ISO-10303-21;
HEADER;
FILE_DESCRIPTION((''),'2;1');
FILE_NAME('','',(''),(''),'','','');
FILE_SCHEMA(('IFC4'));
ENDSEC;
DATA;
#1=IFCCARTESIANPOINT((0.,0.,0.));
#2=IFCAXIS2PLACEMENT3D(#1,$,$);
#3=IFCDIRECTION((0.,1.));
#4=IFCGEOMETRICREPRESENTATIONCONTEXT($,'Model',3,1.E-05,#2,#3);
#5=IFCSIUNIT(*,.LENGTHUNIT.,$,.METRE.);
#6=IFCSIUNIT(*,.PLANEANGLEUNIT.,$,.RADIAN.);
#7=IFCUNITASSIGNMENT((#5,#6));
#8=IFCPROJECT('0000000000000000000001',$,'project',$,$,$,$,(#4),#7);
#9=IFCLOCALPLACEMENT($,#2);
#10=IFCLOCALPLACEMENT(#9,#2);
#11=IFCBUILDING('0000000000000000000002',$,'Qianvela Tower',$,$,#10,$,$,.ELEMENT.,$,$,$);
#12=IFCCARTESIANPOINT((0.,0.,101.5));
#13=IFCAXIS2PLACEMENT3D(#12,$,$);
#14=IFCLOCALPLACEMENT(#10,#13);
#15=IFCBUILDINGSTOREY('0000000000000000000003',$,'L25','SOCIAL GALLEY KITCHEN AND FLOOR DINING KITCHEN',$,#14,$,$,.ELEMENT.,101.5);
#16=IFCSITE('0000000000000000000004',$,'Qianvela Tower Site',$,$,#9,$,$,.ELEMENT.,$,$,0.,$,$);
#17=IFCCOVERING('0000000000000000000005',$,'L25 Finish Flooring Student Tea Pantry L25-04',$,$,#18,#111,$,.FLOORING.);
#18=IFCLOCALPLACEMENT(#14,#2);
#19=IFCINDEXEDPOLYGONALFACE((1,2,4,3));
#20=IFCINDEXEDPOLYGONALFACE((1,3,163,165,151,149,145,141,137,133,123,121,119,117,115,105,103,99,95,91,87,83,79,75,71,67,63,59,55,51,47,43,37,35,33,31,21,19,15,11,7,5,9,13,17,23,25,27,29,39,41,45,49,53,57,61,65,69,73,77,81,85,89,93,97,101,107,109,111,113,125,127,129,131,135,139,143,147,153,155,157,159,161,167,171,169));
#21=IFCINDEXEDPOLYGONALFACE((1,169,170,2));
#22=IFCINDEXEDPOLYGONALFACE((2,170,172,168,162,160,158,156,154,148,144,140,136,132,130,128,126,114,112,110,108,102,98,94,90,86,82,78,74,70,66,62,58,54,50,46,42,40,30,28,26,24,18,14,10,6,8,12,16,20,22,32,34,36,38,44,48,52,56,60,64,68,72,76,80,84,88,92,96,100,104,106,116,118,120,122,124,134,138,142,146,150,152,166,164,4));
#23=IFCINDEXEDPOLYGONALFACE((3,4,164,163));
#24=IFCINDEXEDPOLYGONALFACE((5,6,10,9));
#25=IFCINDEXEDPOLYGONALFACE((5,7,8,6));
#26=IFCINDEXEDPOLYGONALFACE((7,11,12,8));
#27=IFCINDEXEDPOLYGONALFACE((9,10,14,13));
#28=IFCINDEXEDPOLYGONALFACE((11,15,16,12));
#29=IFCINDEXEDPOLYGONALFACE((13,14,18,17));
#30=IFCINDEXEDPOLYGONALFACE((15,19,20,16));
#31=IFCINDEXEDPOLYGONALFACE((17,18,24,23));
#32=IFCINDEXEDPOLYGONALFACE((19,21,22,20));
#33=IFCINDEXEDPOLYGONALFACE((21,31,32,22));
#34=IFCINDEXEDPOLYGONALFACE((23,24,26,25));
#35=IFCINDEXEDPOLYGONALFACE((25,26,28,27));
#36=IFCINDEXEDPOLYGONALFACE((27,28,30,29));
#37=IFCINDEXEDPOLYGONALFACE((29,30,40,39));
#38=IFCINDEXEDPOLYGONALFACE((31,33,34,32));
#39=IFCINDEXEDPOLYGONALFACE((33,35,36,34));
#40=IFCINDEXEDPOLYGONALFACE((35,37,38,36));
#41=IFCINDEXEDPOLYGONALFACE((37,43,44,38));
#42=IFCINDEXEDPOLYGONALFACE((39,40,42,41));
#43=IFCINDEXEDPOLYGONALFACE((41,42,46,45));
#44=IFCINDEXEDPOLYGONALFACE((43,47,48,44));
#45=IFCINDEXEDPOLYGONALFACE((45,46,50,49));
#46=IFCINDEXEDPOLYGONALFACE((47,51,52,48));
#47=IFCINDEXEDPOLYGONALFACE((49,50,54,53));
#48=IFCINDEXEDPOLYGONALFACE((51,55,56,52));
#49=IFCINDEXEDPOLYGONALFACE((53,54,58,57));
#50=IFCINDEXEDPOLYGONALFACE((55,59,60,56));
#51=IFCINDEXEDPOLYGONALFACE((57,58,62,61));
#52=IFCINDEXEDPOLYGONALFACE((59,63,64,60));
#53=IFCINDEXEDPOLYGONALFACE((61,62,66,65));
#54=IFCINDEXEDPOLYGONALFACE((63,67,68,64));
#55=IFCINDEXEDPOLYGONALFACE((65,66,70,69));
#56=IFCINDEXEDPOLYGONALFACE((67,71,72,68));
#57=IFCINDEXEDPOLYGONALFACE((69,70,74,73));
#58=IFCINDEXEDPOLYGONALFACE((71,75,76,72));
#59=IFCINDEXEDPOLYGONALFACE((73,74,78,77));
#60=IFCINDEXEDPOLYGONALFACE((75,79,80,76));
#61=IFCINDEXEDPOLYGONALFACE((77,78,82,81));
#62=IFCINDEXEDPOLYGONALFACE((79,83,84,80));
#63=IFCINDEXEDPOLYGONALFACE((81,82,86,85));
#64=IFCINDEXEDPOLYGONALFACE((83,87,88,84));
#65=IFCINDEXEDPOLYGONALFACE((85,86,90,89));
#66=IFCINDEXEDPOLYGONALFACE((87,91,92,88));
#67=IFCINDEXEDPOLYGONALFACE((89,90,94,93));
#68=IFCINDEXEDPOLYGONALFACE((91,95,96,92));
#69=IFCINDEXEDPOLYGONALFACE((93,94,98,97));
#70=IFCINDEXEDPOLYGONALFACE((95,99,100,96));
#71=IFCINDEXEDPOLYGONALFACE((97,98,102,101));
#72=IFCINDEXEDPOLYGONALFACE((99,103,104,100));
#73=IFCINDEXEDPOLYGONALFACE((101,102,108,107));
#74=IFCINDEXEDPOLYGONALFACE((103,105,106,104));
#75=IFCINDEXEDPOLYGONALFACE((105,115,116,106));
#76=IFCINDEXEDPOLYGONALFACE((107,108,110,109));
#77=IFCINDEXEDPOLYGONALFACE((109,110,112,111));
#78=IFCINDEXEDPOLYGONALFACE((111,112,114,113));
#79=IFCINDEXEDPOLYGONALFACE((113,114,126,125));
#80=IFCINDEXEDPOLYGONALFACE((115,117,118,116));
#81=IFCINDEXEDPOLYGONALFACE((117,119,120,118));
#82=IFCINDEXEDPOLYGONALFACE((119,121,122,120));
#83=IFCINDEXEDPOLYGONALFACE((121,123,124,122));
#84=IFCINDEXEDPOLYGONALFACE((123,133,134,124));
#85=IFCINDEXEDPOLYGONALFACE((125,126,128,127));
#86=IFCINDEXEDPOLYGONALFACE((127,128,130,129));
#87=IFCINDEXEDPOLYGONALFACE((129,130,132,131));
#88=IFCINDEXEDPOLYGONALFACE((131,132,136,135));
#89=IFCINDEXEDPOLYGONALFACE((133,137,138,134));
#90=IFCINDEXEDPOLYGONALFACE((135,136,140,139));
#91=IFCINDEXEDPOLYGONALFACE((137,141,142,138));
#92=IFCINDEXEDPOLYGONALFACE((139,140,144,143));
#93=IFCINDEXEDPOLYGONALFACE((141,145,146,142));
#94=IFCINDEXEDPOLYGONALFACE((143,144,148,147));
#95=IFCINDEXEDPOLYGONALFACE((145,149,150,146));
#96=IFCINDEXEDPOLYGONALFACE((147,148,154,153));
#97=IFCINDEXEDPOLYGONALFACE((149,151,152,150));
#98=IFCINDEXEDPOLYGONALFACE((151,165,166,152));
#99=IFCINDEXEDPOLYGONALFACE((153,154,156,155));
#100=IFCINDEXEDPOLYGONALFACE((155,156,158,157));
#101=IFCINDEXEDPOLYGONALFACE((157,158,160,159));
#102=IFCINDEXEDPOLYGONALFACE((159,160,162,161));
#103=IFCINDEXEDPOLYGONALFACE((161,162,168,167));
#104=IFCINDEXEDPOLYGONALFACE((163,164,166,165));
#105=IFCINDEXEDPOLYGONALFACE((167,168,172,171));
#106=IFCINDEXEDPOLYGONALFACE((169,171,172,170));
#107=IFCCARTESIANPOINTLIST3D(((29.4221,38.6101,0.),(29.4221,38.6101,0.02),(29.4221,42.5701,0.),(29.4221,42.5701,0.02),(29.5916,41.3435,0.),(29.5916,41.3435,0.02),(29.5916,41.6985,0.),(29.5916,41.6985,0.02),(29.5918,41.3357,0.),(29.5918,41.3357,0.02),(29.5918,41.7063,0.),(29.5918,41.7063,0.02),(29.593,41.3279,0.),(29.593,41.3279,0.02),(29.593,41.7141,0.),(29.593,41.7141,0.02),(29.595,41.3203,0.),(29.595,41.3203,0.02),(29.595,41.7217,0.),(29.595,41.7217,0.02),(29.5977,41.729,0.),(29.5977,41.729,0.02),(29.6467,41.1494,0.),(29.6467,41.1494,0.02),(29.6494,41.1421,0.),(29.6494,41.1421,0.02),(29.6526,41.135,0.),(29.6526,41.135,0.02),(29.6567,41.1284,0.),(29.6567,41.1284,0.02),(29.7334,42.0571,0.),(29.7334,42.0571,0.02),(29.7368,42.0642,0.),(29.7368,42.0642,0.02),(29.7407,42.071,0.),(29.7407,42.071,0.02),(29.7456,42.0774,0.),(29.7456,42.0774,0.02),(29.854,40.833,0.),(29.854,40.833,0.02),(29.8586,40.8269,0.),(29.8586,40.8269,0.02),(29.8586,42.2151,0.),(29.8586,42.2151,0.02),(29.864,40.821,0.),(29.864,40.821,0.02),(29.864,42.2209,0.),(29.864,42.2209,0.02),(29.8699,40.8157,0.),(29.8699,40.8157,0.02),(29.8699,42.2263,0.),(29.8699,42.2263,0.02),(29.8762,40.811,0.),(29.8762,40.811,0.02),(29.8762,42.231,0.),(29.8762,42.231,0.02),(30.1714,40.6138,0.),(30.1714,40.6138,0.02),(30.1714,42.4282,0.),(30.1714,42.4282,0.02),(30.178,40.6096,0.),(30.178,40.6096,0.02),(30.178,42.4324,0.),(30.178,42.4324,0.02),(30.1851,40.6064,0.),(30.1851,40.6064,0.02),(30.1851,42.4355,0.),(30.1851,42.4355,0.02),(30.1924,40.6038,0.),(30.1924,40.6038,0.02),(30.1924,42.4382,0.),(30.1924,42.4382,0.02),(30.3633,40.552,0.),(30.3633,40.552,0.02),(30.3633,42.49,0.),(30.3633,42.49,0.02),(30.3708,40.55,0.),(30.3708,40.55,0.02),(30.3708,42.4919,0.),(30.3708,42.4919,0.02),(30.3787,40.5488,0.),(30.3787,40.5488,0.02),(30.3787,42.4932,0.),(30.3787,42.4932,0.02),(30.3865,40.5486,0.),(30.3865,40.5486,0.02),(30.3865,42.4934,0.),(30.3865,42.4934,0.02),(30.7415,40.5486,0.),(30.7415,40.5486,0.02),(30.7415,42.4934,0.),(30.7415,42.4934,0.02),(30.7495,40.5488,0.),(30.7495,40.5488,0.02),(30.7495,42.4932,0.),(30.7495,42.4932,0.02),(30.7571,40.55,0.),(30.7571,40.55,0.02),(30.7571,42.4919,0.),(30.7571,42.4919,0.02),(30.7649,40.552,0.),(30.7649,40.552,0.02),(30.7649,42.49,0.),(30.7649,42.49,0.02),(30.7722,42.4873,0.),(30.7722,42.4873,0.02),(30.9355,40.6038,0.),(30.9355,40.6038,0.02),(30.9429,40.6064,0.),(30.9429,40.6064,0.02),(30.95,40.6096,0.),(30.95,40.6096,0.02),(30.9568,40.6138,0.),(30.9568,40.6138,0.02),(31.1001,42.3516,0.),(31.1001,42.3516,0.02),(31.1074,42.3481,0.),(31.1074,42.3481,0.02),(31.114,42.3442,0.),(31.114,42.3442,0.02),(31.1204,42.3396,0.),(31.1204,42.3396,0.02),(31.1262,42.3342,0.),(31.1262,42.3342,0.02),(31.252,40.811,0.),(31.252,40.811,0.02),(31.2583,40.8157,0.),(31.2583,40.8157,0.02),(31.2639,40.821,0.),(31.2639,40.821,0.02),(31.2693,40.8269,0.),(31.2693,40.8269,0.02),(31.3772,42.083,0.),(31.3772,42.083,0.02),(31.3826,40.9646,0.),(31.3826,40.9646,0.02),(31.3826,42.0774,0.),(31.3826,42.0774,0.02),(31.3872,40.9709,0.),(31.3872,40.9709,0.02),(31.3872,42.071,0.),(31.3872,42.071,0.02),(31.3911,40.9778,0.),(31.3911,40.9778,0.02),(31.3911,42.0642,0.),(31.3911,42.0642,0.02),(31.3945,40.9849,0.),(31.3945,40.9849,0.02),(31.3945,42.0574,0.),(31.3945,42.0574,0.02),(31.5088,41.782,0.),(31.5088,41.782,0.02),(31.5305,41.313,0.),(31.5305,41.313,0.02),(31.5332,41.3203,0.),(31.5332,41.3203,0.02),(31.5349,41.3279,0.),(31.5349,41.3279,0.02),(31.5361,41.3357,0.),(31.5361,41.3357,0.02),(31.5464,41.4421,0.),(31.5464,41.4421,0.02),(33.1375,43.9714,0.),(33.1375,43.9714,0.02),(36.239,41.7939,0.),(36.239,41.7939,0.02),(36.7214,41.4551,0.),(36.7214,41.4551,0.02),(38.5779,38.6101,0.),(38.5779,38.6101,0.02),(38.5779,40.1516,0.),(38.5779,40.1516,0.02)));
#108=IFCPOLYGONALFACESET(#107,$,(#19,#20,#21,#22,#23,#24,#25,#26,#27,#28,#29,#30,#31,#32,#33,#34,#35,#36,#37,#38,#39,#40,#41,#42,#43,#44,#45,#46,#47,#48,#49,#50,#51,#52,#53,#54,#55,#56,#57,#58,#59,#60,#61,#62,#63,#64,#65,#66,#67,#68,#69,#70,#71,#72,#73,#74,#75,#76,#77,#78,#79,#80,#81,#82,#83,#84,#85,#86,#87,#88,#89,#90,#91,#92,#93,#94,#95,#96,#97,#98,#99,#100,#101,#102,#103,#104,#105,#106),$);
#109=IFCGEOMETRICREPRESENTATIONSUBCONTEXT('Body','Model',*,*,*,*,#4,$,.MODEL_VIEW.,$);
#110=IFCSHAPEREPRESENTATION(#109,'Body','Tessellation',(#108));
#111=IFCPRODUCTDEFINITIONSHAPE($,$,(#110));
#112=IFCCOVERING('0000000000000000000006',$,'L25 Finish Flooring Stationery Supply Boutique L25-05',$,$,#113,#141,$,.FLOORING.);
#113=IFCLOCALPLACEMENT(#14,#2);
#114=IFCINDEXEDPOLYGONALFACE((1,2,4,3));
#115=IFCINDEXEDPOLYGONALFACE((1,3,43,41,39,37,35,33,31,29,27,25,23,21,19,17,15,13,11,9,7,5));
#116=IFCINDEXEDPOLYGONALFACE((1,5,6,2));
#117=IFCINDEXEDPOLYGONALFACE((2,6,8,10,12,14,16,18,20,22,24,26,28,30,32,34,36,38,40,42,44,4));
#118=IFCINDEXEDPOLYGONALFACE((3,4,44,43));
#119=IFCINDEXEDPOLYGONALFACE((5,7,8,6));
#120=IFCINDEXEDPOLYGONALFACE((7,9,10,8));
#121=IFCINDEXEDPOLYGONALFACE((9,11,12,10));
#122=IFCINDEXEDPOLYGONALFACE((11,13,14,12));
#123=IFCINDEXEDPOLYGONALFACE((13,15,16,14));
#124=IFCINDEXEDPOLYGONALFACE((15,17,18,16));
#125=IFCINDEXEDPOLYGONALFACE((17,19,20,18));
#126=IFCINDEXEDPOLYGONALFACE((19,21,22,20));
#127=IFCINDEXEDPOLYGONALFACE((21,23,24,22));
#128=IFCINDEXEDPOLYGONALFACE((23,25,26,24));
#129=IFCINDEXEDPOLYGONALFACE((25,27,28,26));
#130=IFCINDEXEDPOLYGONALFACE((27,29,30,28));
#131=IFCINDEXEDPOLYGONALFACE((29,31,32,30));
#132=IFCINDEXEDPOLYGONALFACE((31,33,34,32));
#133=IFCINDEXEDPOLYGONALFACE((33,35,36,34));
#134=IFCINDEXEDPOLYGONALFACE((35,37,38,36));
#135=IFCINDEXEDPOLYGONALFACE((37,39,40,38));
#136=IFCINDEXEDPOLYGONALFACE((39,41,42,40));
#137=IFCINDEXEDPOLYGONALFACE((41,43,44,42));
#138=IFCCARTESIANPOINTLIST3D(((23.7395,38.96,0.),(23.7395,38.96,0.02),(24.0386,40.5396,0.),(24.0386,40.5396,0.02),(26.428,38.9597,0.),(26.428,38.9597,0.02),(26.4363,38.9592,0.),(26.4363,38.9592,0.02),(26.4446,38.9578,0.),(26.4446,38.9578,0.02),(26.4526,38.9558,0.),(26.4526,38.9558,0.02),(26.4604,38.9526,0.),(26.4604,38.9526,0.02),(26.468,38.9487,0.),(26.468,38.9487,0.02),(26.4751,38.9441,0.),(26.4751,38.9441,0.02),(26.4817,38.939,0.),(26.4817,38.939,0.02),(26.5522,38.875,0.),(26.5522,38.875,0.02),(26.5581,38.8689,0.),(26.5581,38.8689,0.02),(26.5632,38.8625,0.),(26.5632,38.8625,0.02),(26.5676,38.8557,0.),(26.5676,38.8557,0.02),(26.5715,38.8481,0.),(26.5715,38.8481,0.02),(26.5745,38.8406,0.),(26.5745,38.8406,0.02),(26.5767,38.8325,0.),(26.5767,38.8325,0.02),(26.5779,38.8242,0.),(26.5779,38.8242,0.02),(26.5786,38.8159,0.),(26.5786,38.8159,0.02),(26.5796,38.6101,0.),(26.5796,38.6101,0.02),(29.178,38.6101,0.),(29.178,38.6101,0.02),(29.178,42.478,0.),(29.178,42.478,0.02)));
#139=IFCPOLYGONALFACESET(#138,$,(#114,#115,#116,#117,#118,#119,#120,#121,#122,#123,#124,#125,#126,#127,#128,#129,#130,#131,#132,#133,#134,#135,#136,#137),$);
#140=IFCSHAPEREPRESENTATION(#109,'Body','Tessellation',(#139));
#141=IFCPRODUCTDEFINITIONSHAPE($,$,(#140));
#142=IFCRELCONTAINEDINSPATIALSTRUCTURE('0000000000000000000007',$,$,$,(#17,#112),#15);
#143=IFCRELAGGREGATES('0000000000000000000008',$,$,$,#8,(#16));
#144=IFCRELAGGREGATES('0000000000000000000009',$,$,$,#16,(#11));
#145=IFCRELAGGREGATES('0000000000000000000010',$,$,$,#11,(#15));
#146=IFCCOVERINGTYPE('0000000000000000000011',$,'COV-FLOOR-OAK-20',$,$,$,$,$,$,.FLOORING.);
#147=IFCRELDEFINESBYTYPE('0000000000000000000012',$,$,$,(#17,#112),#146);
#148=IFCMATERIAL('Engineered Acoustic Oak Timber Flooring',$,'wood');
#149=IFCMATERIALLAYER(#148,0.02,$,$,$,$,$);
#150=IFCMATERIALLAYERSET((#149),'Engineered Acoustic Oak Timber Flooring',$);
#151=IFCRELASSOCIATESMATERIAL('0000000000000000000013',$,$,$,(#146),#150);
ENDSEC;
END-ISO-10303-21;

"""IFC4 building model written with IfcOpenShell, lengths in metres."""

from ifc_helpers import new_model, si_unit, direction, frame, origin, place, context, subcontext, project, spatial, polyline, outline, extrude, material, layer, layer_set, type_object, element, save


model = new_model("IFC4")

# Units and contexts
model_context = context("Model", 3, precision=1e-05, world=origin(), true_north=direction((0.0, 1.0)))
body_context = subcontext(model_context, "Body", "Model", "MODEL_VIEW")
ifc_project = project(units=[si_unit("LENGTHUNIT", "METRE"), si_unit("PLANEANGLEUNIT", "RADIAN")], contexts=[model_context])

# Site, building, storey
site_placement = place(None, origin())
site = spatial("IfcSite", under=ifc_project, at=site_placement, Name="Qianvela Tower Site", CompositionType="ELEMENT", RefElevation=0.0)
building_placement = place(site_placement, origin())
building = spatial("IfcBuilding", under=site, at=building_placement, Name="Qianvela Tower", CompositionType="ELEMENT")
storey_placement = place(building_placement, frame((0.0, 0.0, 101.5)))
storey = spatial("IfcBuildingStorey", under=building, at=storey_placement, Name="L25", Description="SOCIAL GALLEY KITCHEN AND FLOOR DINING KITCHEN", CompositionType="ELEMENT", Elevation=101.5)

# Coverings
ifc_material_1 = material(Name="Engineered Acoustic Oak Timber Flooring", Category="wood")
ifc_layer_1 = layer(ifc_material_1, 0.02)
ifc_layer_set_1 = layer_set([ifc_layer_1], Name="Engineered Acoustic Oak Timber Flooring")
covering_type_1 = type_object("IfcCoveringType", Name="COV-FLOOR-OAK-20", PredefinedType="FLOORING", material=ifc_layer_set_1)
covering_1_placement = place(storey_placement, origin())
element("IfcCovering", 1, at=covering_1_placement, inside=storey, type_object=covering_type_1, Name="L25 Finish Flooring Student Tea Pantry L25-04", PredefinedType="FLOORING", context=body_context, shape_type="SweptSolid", body=[
    extrude(outline(polyline([(29.4221, 38.6101), (29.4221, 42.5701), (33.1375, 43.9714), (36.239, 41.7939), (31.5088, 41.782), (31.3945, 42.0574), (31.3911, 42.0642), (31.3872, 42.071), (31.3826, 42.0774), (31.3772, 42.083), (31.1262, 42.3342), (31.1204, 42.3396), (31.114, 42.3442), (31.1074, 42.3481), (31.1001, 42.3516), (30.7722, 42.4873), (30.7649, 42.49), (30.7571, 42.4919), (30.7495, 42.4932), (30.7415, 42.4934), (30.3865, 42.4934), (30.3787, 42.4932), (30.3708, 42.4919), (30.3633, 42.49), (30.1924, 42.4382), (30.1851, 42.4355), (30.178, 42.4324), (30.1714, 42.4282), (29.8762, 42.231), (29.8699, 42.2263), (29.864, 42.2209), (29.8586, 42.2151), (29.7456, 42.0774), (29.7407, 42.071), (29.7368, 42.0642), (29.7334, 42.0571), (29.5977, 41.729), (29.595, 41.7217), (29.593, 41.7141), (29.5918, 41.7063), (29.5916, 41.6985), (29.5916, 41.3435), (29.5918, 41.3357), (29.593, 41.3279), (29.595, 41.3203), (29.6467, 41.1494), (29.6494, 41.1421), (29.6526, 41.135), (29.6567, 41.1284), (29.854, 40.833), (29.8586, 40.8269), (29.864, 40.821), (29.8699, 40.8157), (29.8762, 40.811), (30.1714, 40.6138), (30.178, 40.6096), (30.1851, 40.6064), (30.1924, 40.6038), (30.3633, 40.552), (30.3708, 40.55), (30.3787, 40.5488), (30.3865, 40.5486), (30.7415, 40.5486), (30.7495, 40.5488), (30.7571, 40.55), (30.7649, 40.552), (30.9355, 40.6038), (30.9429, 40.6064), (30.95, 40.6096), (30.9568, 40.6138), (31.252, 40.811), (31.2583, 40.8157), (31.2639, 40.821), (31.2693, 40.8269), (31.3826, 40.9646), (31.3872, 40.9709), (31.3911, 40.9778), (31.3945, 40.9849), (31.5305, 41.313), (31.5332, 41.3203), (31.5349, 41.3279), (31.5361, 41.3357), (31.5464, 41.4421), (36.7214, 41.4551), (38.5779, 40.1516), (38.5779, 38.6101), (29.4221, 38.6101)])), origin(), (0.0, 0.0, 1.0), 0.02),
])
covering_2_placement = place(storey_placement, origin())
element("IfcCovering", 2, at=covering_2_placement, inside=storey, type_object=covering_type_1, Name="L25 Finish Flooring Stationery Supply Boutique L25-05", PredefinedType="FLOORING", context=body_context, shape_type="SweptSolid", body=[
    extrude(outline(polyline([(29.178, 38.6101), (26.5796, 38.6101), (26.5786, 38.8159), (26.5779, 38.8242), (26.5767, 38.8325), (26.5745, 38.8406), (26.5715, 38.8481), (26.5676, 38.8557), (26.5632, 38.8625), (26.5581, 38.8689), (26.5522, 38.875), (26.4817, 38.939), (26.4751, 38.9441), (26.468, 38.9487), (26.4604, 38.9526), (26.4526, 38.9558), (26.4446, 38.9578), (26.4363, 38.9592), (26.428, 38.9597), (23.7395, 38.96), (24.0386, 40.5396), (29.178, 42.478), (29.178, 38.6101)])), origin(), (0.0, 0.0, 1.0), 0.02),
])

save(model, "model.ifc")
